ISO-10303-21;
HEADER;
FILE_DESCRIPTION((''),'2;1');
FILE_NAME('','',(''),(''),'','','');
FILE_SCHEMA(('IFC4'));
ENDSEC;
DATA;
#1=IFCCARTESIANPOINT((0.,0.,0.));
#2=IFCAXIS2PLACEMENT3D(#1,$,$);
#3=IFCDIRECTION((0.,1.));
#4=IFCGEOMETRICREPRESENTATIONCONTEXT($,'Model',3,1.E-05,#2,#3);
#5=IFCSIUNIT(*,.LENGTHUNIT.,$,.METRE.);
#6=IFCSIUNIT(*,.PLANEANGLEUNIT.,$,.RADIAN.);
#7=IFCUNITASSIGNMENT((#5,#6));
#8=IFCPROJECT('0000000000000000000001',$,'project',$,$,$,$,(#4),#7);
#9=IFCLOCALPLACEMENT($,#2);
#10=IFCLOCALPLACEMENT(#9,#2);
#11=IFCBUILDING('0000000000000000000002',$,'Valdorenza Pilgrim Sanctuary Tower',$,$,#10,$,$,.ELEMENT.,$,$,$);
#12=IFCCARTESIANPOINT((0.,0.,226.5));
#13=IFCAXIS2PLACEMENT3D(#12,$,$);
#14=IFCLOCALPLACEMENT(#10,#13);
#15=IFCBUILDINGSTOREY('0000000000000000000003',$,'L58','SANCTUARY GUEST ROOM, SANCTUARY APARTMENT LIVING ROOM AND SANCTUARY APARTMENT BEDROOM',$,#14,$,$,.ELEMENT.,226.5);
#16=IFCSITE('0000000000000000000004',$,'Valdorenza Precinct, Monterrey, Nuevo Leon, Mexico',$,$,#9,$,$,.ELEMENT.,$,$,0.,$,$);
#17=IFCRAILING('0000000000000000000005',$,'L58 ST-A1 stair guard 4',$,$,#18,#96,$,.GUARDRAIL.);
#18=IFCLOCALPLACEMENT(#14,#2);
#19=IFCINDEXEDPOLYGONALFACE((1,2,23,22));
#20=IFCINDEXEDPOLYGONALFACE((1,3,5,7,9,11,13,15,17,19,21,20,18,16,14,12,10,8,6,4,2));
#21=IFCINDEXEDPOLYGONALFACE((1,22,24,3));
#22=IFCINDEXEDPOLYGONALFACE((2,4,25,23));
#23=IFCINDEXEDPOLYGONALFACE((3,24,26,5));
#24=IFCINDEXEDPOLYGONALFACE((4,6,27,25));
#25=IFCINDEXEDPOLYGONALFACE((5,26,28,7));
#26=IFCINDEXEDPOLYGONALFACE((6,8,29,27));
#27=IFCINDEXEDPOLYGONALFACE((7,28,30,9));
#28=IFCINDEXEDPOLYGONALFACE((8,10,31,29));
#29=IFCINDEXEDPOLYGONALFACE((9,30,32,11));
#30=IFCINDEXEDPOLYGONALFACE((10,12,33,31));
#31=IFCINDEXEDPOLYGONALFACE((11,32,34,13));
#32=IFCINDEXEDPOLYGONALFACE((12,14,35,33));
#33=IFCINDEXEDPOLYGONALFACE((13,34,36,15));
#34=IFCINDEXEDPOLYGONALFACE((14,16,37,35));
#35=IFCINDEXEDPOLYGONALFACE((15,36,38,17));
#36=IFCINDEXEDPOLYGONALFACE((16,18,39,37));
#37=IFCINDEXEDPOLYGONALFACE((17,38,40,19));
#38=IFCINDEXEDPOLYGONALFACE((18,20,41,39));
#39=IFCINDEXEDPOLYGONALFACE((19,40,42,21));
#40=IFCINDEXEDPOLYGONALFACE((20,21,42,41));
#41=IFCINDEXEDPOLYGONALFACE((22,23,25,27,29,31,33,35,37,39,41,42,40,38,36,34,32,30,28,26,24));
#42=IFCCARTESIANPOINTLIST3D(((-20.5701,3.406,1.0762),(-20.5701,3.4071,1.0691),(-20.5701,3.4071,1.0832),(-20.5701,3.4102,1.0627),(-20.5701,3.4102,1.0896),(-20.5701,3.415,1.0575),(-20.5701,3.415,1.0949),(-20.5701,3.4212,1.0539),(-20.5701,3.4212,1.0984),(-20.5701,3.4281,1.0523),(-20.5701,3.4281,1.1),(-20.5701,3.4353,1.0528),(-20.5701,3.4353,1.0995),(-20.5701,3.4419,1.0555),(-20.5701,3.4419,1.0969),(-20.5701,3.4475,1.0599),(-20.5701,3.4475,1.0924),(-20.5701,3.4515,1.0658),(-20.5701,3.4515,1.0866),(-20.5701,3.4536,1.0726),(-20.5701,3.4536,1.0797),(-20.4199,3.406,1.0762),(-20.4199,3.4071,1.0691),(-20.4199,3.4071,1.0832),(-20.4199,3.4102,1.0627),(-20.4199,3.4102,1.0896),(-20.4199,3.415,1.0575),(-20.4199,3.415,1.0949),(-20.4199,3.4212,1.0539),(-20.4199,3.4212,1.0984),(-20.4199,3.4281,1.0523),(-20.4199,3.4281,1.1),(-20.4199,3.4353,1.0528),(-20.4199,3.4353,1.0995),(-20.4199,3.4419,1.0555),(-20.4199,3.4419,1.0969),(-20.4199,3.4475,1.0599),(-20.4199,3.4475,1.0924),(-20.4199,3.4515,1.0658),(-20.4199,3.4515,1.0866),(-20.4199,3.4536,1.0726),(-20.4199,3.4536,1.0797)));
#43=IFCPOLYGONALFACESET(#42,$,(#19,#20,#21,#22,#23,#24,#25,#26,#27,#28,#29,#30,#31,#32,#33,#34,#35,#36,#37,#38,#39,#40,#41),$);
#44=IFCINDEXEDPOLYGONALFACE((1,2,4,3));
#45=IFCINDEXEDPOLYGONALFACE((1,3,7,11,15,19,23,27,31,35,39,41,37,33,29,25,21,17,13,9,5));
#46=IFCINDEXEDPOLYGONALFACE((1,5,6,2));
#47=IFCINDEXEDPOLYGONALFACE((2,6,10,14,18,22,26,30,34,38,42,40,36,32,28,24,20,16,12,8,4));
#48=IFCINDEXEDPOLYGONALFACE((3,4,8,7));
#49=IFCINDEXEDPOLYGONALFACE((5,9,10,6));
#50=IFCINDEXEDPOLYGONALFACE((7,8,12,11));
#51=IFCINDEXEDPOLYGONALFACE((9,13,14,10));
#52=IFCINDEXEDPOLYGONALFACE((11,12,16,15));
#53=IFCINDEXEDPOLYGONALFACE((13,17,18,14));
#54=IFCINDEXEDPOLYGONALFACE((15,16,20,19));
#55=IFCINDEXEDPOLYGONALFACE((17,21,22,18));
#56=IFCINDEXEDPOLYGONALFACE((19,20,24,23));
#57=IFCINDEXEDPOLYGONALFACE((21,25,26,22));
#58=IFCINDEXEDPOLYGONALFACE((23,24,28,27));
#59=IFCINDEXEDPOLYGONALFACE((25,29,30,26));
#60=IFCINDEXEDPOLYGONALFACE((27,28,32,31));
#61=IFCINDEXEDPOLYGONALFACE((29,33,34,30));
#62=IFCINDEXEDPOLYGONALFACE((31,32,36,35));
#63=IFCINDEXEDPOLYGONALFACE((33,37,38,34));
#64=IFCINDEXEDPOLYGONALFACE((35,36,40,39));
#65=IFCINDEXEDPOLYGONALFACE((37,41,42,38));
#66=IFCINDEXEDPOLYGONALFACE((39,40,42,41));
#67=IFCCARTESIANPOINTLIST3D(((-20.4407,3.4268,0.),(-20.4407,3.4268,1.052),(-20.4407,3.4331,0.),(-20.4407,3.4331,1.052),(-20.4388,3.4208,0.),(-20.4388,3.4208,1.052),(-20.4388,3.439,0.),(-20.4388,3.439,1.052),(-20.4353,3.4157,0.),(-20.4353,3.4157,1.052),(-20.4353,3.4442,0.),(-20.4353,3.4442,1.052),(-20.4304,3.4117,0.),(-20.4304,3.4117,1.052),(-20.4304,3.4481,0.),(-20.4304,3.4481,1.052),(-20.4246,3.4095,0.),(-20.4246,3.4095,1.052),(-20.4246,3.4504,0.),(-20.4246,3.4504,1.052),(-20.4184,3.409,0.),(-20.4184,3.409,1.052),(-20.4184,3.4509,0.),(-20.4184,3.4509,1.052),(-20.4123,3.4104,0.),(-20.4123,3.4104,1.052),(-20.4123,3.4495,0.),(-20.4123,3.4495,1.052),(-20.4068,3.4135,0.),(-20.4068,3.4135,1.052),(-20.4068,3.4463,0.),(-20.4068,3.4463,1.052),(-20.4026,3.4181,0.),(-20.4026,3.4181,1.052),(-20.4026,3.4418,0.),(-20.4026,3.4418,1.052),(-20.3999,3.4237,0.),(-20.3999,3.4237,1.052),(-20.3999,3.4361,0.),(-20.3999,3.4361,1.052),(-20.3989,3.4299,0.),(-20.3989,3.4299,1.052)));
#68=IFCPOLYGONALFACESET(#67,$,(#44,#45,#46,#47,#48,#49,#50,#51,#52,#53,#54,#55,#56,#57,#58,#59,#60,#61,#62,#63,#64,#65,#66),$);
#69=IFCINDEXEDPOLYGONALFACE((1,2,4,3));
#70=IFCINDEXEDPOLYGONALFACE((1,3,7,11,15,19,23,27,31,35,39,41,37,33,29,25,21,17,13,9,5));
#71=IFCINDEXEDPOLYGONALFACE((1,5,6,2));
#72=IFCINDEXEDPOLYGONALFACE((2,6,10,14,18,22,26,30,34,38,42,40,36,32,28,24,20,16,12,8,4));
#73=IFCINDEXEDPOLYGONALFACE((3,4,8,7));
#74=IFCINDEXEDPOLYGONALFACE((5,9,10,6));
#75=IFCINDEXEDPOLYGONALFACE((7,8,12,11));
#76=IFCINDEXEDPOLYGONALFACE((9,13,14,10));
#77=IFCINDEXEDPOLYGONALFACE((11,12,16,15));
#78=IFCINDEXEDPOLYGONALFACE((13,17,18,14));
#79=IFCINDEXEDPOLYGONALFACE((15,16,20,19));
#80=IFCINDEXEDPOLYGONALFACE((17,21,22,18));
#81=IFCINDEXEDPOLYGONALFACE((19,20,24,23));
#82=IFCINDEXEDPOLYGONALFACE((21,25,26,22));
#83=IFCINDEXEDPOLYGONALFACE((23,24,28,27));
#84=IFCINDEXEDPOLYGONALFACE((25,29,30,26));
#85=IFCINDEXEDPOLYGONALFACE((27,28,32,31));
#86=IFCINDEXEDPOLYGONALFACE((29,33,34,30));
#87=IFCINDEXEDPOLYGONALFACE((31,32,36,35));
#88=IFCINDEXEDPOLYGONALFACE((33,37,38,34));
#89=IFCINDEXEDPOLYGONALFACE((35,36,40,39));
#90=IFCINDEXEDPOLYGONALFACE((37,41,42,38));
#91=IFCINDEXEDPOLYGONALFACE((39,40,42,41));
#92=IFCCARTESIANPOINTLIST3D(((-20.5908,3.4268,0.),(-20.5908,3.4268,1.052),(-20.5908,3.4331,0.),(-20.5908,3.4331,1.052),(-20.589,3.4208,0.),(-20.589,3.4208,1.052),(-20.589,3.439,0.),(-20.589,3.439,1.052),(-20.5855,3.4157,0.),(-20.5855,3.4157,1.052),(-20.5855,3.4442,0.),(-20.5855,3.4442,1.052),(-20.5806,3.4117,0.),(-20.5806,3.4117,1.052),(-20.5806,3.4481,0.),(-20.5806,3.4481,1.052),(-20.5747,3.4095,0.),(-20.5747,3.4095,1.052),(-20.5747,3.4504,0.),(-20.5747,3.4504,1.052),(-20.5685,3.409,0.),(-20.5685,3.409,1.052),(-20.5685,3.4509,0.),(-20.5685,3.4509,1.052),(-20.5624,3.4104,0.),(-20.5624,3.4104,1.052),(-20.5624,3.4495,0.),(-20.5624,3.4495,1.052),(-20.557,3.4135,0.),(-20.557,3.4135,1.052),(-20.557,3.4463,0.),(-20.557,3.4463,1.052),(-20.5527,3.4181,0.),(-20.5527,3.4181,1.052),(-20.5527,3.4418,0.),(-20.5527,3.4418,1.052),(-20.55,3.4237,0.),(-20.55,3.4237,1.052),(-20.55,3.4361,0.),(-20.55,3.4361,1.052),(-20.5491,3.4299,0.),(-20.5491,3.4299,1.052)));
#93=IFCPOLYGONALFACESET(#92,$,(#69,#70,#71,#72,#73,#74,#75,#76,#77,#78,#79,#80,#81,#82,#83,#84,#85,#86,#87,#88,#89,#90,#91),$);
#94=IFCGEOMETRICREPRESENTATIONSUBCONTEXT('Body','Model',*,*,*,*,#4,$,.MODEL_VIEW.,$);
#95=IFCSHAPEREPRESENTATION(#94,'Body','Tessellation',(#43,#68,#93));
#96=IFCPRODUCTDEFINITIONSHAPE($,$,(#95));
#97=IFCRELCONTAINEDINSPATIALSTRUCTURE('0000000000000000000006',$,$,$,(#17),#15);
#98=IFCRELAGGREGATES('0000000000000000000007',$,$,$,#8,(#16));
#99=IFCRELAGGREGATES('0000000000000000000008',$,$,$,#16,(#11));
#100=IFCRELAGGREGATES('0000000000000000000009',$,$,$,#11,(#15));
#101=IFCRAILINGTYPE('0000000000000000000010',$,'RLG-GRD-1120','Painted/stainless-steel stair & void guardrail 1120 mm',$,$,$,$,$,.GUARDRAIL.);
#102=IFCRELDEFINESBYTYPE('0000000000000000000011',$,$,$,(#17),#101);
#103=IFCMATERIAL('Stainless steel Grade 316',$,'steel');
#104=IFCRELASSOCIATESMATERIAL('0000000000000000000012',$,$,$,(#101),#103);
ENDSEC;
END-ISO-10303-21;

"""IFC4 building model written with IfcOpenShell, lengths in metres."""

from ifc_helpers import new_model, si_unit, direction, frame, origin, origin_2d, place, context, subcontext, project, spatial, circle, extrude, material, type_object, element, save


model = new_model("IFC4")

# Units and contexts
model_context = context("Model", 3, precision=1e-05, world=origin(), true_north=direction((0.0, 1.0)))
body_context = subcontext(model_context, "Body", "Model", "MODEL_VIEW")
ifc_project = project(units=[si_unit("LENGTHUNIT", "METRE"), si_unit("PLANEANGLEUNIT", "RADIAN")], contexts=[model_context])

# Site, building, storey
site_placement = place(None, origin())
site = spatial("IfcSite", under=ifc_project, at=site_placement, Name="Valdorenza Precinct, Monterrey, Nuevo Leon, Mexico", CompositionType="ELEMENT", RefElevation=0.0)
building_placement = place(site_placement, origin())
building = spatial("IfcBuilding", under=site, at=building_placement, Name="Valdorenza Pilgrim Sanctuary Tower", CompositionType="ELEMENT")
storey_placement = place(building_placement, frame((0.0, 0.0, 226.5)))
storey = spatial("IfcBuildingStorey", under=building, at=storey_placement, Name="L58", Description="SANCTUARY GUEST ROOM, SANCTUARY APARTMENT LIVING ROOM AND SANCTUARY APARTMENT BEDROOM", CompositionType="ELEMENT", Elevation=226.5)

# Railing
ifc_material_1 = material(Name="Stainless steel Grade 316", Category="steel")
railing_type_1 = type_object("IfcRailingType", Name="RLG-GRD-1120", Description="Painted/stainless-steel stair & void guardrail 1120 mm", PredefinedType="GUARDRAIL", material=ifc_material_1)
railing_1_placement = place(storey_placement, frame((-20.4199, 3.4299, 0.0)))
element("IfcRailing", 1, at=railing_1_placement, inside=storey, type_object=railing_type_1, Name="L58 ST-A1 stair guard 4", PredefinedType="GUARDRAIL", context=body_context, shape_type="SweptSolid", body=[
    extrude(circle(Radius=0.0239, at=origin_2d()), frame((0.0, 0.0, 1.0762), z_axis=(-1.0, 0.0, 0.0), x_axis=(0.0, -1.0, 0.0)), (0.0, 0.0, 1.0), 0.1501),
    extrude(circle(Radius=0.021, at=origin_2d()), origin(), (0.0, 0.0, 1.0), 1.052),
    extrude(circle(Radius=0.021, at=origin_2d()), frame((-0.1501, 0.0, 0.0)), (0.0, 0.0, 1.0), 1.052),
])

save(model, "model.ifc")
